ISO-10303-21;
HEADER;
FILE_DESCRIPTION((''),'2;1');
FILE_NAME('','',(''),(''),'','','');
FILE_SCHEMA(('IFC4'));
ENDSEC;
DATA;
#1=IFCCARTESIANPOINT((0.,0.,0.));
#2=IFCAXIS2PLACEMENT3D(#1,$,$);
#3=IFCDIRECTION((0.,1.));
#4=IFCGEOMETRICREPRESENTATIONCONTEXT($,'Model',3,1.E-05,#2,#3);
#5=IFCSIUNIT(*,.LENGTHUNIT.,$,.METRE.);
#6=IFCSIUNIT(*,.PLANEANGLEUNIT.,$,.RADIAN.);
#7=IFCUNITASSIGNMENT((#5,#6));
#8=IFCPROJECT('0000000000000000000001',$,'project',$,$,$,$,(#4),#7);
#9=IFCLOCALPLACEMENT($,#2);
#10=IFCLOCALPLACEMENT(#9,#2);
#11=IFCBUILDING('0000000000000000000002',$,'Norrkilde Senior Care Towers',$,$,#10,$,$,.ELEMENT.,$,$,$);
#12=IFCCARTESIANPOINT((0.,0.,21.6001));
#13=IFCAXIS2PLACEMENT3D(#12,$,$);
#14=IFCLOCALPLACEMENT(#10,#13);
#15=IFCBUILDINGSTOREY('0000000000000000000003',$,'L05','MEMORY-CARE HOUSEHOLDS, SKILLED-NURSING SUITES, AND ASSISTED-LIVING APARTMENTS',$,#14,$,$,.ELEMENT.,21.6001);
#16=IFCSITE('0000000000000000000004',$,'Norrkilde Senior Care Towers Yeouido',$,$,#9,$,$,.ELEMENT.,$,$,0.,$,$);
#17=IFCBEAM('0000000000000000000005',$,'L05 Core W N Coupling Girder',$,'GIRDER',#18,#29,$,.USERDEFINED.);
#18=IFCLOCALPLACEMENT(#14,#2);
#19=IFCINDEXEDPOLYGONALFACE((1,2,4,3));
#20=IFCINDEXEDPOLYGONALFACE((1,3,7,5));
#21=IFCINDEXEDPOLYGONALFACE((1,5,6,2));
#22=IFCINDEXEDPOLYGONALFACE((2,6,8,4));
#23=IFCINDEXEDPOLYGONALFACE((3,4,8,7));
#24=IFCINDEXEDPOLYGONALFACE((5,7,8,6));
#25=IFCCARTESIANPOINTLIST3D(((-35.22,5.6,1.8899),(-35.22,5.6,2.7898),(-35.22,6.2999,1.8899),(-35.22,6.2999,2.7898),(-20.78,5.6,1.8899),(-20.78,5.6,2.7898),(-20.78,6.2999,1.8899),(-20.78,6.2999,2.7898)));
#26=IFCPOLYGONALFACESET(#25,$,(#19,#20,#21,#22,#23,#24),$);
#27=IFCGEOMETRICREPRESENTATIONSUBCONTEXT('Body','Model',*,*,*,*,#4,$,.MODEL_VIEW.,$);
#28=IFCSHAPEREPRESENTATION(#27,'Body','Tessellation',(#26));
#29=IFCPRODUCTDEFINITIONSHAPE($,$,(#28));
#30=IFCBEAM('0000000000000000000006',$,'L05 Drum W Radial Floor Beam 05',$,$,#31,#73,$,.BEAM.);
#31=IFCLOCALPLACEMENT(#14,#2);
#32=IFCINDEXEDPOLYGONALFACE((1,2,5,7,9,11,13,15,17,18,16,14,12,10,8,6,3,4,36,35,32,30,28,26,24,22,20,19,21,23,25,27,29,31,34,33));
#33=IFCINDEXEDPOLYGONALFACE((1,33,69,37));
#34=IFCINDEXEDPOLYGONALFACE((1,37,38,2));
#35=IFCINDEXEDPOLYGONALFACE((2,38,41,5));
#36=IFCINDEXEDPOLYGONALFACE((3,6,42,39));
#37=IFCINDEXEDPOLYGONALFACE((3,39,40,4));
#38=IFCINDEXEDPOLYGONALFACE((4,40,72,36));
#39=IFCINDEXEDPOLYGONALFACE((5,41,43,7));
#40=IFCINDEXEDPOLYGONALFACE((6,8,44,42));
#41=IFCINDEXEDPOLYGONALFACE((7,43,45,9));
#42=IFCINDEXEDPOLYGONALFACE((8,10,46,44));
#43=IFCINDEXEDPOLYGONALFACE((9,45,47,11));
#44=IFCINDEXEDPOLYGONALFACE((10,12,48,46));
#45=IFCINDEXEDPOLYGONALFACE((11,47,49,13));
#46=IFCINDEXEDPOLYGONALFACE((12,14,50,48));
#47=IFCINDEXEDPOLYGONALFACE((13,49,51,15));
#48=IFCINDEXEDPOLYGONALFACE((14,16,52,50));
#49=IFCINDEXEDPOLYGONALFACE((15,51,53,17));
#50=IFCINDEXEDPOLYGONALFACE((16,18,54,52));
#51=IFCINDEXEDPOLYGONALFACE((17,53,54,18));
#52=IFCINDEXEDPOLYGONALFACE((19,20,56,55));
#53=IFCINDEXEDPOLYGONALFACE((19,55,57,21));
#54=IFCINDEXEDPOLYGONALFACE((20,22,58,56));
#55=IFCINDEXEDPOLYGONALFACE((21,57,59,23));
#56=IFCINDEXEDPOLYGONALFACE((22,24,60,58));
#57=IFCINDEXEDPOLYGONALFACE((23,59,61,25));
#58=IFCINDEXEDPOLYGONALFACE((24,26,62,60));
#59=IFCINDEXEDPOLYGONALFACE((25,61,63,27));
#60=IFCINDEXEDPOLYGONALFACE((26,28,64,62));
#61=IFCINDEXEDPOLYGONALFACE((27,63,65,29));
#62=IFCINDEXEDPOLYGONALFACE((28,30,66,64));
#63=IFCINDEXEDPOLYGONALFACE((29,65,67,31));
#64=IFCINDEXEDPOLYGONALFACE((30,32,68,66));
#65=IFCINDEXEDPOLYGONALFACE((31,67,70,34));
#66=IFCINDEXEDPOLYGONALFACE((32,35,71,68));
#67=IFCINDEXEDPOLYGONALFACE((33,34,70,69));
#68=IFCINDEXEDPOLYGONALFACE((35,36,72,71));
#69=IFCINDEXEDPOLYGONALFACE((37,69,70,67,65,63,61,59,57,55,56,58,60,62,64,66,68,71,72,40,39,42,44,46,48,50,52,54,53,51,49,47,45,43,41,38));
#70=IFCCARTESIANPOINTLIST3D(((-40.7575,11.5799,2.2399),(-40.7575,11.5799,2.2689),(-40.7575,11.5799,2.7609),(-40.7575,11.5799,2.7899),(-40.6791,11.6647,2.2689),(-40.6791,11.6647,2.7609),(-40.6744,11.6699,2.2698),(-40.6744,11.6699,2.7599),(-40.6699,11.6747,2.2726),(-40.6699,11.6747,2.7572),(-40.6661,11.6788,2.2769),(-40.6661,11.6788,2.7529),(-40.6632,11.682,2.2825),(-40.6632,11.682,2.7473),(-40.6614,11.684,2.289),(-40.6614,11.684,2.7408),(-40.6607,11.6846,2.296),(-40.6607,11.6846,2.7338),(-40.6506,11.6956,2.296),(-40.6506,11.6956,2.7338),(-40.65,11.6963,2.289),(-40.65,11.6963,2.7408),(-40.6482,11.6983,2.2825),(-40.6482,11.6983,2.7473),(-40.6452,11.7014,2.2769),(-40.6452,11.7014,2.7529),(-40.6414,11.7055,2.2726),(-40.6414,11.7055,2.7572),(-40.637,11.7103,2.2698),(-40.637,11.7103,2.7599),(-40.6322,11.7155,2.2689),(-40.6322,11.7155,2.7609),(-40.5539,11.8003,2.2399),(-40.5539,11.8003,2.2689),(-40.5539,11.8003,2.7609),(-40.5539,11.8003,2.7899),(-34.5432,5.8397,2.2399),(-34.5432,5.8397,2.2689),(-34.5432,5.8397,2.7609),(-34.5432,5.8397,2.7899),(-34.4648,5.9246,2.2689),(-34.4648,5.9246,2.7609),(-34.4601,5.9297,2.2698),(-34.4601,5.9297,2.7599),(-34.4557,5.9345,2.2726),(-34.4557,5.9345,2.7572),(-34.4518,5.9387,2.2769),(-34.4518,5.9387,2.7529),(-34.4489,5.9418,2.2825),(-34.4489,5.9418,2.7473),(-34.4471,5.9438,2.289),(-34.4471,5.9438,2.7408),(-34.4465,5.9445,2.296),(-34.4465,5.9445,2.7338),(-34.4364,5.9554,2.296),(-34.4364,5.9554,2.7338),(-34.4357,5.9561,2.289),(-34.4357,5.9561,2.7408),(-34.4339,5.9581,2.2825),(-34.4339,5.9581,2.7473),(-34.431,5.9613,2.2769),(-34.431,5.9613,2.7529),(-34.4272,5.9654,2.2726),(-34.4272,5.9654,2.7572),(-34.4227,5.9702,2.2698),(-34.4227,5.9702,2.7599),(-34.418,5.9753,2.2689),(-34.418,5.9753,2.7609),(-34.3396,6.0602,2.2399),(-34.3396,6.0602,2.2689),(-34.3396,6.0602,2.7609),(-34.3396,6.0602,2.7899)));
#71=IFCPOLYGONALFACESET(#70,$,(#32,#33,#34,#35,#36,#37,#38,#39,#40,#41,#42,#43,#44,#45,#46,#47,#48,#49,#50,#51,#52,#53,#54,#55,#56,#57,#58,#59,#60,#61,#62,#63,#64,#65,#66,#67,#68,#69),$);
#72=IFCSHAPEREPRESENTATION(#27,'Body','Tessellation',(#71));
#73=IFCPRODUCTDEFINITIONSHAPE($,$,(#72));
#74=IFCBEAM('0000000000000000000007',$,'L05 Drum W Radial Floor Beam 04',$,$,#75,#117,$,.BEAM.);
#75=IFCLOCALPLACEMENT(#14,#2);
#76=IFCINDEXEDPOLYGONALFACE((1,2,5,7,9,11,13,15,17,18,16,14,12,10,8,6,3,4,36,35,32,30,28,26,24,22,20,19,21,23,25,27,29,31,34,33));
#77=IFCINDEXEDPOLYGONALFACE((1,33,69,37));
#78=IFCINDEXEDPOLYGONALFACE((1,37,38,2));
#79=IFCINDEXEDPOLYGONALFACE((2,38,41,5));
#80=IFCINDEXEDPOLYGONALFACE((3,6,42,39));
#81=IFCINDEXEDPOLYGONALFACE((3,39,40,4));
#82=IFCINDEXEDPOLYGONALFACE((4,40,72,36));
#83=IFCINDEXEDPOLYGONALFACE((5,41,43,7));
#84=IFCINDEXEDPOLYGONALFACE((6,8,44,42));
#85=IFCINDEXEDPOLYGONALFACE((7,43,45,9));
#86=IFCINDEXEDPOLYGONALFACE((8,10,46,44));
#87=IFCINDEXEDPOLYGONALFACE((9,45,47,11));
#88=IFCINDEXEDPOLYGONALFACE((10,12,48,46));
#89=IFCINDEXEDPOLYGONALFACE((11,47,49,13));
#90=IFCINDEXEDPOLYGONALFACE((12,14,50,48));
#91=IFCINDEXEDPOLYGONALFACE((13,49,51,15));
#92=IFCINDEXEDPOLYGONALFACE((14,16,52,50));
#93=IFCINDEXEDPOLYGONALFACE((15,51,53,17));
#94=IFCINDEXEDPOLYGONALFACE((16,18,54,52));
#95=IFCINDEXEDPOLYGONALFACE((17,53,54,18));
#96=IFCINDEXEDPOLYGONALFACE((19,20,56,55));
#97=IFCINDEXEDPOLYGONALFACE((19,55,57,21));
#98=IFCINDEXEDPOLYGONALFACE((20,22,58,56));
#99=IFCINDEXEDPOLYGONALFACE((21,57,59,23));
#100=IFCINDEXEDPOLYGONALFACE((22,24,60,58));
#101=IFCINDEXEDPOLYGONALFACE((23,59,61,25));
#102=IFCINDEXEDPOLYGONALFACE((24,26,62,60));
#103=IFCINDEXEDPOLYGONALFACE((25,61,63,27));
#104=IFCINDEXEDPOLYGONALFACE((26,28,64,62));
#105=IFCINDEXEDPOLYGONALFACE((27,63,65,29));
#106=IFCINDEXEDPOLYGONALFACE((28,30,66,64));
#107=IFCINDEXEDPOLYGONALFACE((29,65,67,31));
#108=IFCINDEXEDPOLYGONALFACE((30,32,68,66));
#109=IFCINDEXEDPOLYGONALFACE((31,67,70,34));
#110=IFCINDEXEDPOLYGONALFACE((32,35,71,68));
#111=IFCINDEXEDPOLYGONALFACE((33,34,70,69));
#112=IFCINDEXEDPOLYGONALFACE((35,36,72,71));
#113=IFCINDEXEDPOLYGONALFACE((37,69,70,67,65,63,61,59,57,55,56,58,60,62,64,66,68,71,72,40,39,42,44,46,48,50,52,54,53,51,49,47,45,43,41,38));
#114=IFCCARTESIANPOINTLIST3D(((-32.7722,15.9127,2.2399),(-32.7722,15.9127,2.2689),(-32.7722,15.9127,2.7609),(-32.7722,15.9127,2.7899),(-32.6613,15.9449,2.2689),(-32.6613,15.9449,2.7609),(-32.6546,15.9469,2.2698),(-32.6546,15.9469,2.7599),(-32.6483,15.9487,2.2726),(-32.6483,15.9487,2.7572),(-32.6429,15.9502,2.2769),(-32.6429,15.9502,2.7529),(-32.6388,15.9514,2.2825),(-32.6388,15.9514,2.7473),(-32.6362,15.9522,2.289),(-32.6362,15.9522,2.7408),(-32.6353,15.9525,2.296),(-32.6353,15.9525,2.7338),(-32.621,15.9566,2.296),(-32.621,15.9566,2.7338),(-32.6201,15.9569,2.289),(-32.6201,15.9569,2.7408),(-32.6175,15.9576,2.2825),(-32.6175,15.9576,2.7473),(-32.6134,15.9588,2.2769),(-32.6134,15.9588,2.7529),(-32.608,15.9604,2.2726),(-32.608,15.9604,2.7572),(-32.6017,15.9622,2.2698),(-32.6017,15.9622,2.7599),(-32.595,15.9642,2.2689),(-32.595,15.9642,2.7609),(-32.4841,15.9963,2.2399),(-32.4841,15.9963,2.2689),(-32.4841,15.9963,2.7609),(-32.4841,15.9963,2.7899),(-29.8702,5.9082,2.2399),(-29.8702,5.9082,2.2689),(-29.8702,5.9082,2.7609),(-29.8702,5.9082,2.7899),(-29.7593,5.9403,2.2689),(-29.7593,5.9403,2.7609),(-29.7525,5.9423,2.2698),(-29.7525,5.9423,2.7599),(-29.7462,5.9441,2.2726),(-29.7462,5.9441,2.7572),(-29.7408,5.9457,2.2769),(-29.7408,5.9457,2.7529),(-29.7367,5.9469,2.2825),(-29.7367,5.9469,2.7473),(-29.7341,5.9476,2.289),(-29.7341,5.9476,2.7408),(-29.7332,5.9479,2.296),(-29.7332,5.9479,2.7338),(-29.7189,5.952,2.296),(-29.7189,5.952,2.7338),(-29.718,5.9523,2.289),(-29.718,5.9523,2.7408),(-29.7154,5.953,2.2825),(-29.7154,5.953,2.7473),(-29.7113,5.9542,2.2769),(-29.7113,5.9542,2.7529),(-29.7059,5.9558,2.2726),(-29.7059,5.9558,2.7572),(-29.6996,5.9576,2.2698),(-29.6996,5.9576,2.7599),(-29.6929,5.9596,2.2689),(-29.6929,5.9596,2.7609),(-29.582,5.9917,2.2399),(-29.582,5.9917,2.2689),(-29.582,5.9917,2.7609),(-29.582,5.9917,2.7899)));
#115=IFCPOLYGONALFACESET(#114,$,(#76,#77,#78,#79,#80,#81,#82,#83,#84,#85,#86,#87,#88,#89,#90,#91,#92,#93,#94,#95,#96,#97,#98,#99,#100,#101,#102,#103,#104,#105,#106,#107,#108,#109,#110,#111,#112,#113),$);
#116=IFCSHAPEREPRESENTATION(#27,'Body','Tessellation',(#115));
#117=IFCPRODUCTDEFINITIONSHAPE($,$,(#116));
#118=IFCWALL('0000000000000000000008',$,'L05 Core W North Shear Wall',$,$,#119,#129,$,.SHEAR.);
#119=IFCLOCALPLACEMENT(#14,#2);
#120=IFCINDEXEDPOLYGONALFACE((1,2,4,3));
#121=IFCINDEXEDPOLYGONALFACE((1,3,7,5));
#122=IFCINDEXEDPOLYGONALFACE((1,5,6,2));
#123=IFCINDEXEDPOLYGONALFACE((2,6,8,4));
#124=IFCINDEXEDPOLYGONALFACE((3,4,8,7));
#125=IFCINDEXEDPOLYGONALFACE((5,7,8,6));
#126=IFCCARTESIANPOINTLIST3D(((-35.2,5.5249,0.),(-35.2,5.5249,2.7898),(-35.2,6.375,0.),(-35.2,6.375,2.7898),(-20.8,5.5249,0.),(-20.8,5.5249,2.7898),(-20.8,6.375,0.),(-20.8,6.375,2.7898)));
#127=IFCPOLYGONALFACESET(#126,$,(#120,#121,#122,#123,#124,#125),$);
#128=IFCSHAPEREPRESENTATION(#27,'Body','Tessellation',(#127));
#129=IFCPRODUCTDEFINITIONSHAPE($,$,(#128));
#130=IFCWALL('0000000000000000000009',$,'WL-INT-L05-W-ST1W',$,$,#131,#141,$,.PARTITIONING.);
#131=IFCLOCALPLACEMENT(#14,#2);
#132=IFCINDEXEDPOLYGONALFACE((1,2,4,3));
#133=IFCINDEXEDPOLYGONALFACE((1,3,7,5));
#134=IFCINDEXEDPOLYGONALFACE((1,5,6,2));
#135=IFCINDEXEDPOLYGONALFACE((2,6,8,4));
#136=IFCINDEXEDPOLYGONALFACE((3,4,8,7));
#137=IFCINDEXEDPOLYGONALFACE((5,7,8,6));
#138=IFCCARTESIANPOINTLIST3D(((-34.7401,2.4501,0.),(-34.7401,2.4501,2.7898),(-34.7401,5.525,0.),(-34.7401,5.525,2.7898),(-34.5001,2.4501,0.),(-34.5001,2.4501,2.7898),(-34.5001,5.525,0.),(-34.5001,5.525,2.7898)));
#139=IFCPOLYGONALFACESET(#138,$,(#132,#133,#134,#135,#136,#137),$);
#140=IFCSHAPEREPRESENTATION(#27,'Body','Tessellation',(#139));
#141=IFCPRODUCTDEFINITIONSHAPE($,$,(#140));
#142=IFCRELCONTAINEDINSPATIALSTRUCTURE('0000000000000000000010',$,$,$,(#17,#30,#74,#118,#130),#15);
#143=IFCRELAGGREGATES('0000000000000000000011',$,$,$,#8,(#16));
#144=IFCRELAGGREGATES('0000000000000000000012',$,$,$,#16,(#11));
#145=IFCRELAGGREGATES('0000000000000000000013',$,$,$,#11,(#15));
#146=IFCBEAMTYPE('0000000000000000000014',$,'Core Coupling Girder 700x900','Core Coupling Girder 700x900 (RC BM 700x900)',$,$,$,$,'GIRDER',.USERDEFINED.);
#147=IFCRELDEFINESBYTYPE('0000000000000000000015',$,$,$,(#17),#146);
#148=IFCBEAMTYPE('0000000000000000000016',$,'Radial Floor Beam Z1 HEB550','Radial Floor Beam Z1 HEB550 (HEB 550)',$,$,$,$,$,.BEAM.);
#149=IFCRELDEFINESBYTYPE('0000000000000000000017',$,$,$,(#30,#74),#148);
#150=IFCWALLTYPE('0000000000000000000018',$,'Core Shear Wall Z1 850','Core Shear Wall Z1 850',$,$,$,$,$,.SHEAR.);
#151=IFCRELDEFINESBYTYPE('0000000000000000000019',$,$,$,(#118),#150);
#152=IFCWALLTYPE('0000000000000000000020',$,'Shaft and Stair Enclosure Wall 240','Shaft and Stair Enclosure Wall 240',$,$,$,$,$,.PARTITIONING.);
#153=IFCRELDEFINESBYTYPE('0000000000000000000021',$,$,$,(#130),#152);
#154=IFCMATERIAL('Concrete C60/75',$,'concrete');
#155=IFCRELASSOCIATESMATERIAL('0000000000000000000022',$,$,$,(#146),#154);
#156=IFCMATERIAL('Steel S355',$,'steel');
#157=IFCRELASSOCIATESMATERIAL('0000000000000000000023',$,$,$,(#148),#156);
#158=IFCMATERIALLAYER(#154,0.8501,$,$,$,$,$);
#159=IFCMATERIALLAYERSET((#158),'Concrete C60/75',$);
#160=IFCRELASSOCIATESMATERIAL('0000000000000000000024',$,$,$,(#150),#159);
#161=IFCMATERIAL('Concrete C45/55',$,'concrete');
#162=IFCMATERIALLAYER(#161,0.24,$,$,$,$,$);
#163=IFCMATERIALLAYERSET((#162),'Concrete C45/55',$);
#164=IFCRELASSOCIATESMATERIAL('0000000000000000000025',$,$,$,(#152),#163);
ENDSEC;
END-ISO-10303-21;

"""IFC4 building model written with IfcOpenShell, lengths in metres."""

from ifc_helpers import new_model, si_unit, direction, frame, frame_2d, origin, origin_2d, place, context, subcontext, project, spatial, rectangle, i_section, extrude, source, transform, mapped, material, layer, layer_set, material_profile, profile_set, type_object, type_shapes, element, save


model = new_model("IFC4")

# Units and contexts
model_context = context("Model", 3, precision=1e-05, world=origin(), true_north=direction((0.0, 1.0)))
body_context = subcontext(model_context, "Body", "Model", "MODEL_VIEW")
ifc_project = project(units=[si_unit("LENGTHUNIT", "METRE"), si_unit("PLANEANGLEUNIT", "RADIAN")], contexts=[model_context])

# Site, building, storey
site_placement = place(None, origin())
site = spatial("IfcSite", under=ifc_project, at=site_placement, Name="Norrkilde Senior Care Towers Yeouido", CompositionType="ELEMENT", RefElevation=0.0)
building_placement = place(site_placement, origin())
building = spatial("IfcBuilding", under=site, at=building_placement, Name="Norrkilde Senior Care Towers", CompositionType="ELEMENT")
storey_placement = place(building_placement, frame((0.0, 0.0, 21.6001)))
storey = spatial("IfcBuildingStorey", under=building, at=storey_placement, Name="L05", Description="MEMORY-CARE HOUSEHOLDS, SKILLED-NURSING SUITES, AND ASSISTED-LIVING APARTMENTS", CompositionType="ELEMENT", Elevation=21.6001)

# Beams
ifc_material_1 = material(Name="Concrete C60/75", Category="concrete")
ifc_material_profile_1 = material_profile(ifc_material_1, rectangle(XDim=0.7, YDim=0.8999, at=origin_2d()), Name="RC BM 700x900")
ifc_profile_set_1 = profile_set([ifc_material_profile_1], Name="Concrete C60/75")
beam_type_1 = type_object("IfcBeamType", Name="Core Coupling Girder 700x900", Description="Core Coupling Girder 700x900 (RC BM 700x900)", ElementType="GIRDER", PredefinedType="USERDEFINED", material=ifc_profile_set_1)
shared_shape_1 = source(origin(), body_context, "Body", "SweptSolid", [
    extrude(rectangle(XDim=0.7, YDim=0.8999, at=origin_2d()), origin(), (0.0, 0.0, 1.0), 14.4399),
])
type_shapes(beam_type_1, [shared_shape_1])
beam_1_placement = place(storey_placement, frame((-35.22, 5.95, 2.3398), z_axis=(1.0, 0.0, 0.0), x_axis=(0.0, 1.0, 0.0)))
element("IfcBeam", 1, at=beam_1_placement, inside=storey, type_object=beam_type_1, Name="L05 Core W N Coupling Girder", ObjectType="GIRDER", PredefinedType="USERDEFINED", context=body_context, shape_type="MappedRepresentation", body=[
    mapped(shared_shape_1, transform((0.0, 0.0, 0.0), x_axis=(1.0, 0.0, 0.0), y_axis=(0.0, 1.0, 0.0), z_axis=(0.0, 0.0, 1.0), scale=1.0)),
])
ifc_material_2 = material(Name="Steel S355", Category="steel")
ifc_material_profile_2 = material_profile(ifc_material_2, i_section(OverallWidth=0.3, OverallDepth=0.55, WebThickness=0.0149, FlangeThickness=0.0291, FilletRadius=0.0271, at=origin_2d()), Name="HEB 550")
ifc_profile_set_2 = profile_set([ifc_material_profile_2], Name="Steel S355")
beam_type_2 = type_object("IfcBeamType", Name="Radial Floor Beam Z1 HEB550", Description="Radial Floor Beam Z1 HEB550 (HEB 550)", PredefinedType="BEAM", material=ifc_profile_set_2)
shared_shape_2 = source(origin(), body_context, "Body", "SweptSolid", [
    extrude(i_section(OverallWidth=0.3, OverallDepth=0.55, WebThickness=0.0149, FlangeThickness=0.0291, FilletRadius=0.0271, at=origin_2d()), origin(), (0.0, 0.0, 1.0), 8.4597),
])
beam_2_placement = place(storey_placement, frame((-34.4414, 5.95, 2.5149), z_axis=(-0.734573, 0.678529, 0.0), x_axis=(-0.678529, -0.734573, 0.0)))
element("IfcBeam", 2, at=beam_2_placement, inside=storey, type_object=beam_type_2, Name="L05 Drum W Radial Floor Beam 05", PredefinedType="BEAM", context=body_context, shape_type="MappedRepresentation", body=[
    mapped(shared_shape_2, transform((0.0, 0.0, 0.0), x_axis=(1.0, 0.0, 0.0), y_axis=(0.0, 1.0, 0.0), z_axis=(0.0, 0.0, 1.0), scale=1.0)),
])
shared_shape_3 = source(origin(), body_context, "Body", "SweptSolid", [
    extrude(i_section(OverallWidth=0.3, OverallDepth=0.55, WebThickness=0.0149, FlangeThickness=0.0291, FilletRadius=0.0271, at=origin_2d()), origin(), (0.0, 0.0, 1.0), 10.417),
])
type_shapes(beam_type_2, [shared_shape_2, shared_shape_3])
beam_3_placement = place(storey_placement, frame((-29.7261, 5.95, 2.5149), z_axis=(-0.278591, 0.96041, 0.0), x_axis=(-0.96041, -0.278591, 0.0)))
element("IfcBeam", 3, at=beam_3_placement, inside=storey, type_object=beam_type_2, Name="L05 Drum W Radial Floor Beam 04", PredefinedType="BEAM", context=body_context, shape_type="MappedRepresentation", body=[
    mapped(shared_shape_3, transform((0.0, 0.0, 0.0), x_axis=(1.0, 0.0, 0.0), y_axis=(0.0, 1.0, 0.0), z_axis=(0.0, 0.0, 1.0), scale=1.0)),
])

# Walls
ifc_layer_1 = layer(ifc_material_1, 0.8501)
ifc_layer_set_1 = layer_set([ifc_layer_1], Name="Concrete C60/75")
wall_type_1 = type_object("IfcWallType", Name="Core Shear Wall Z1 850", Description="Core Shear Wall Z1 850", PredefinedType="SHEAR", material=ifc_layer_set_1)
shared_shape_4 = source(origin(), body_context, "Body", "SweptSolid", [
    extrude(rectangle(XDim=14.3999, YDim=0.8501, at=frame_2d((7.2, 0.0))), origin(), (0.0, 0.0, 1.0), 2.7898),
])
type_shapes(wall_type_1, [shared_shape_4])
wall_1_placement = place(storey_placement, frame((-35.2, 5.95, 0.0), z_axis=(0.0, 0.0, 1.0), x_axis=(1.0, 0.0, 0.0)))
element("IfcWall", 4, at=wall_1_placement, inside=storey, type_object=wall_type_1, Name="L05 Core W North Shear Wall", PredefinedType="SHEAR", context=body_context, shape_type="MappedRepresentation", body=[
    mapped(shared_shape_4, transform((0.0, 0.0, 0.0), x_axis=(1.0, 0.0, 0.0), y_axis=(0.0, 1.0, 0.0), z_axis=(0.0, 0.0, 1.0), scale=1.0)),
])
ifc_material_3 = material(Name="Concrete C45/55", Category="concrete")
ifc_layer_2 = layer(ifc_material_3, 0.24)
ifc_layer_set_2 = layer_set([ifc_layer_2], Name="Concrete C45/55")
wall_type_2 = type_object("IfcWallType", Name="Shaft and Stair Enclosure Wall 240", Description="Shaft and Stair Enclosure Wall 240", PredefinedType="PARTITIONING", material=ifc_layer_set_2)
shared_shape_5 = source(origin(), body_context, "Body", "SweptSolid", [
    extrude(rectangle(XDim=3.075, YDim=0.24, at=frame_2d((1.5376, 0.0))), origin(), (0.0, 0.0, 1.0), 2.7898),
])
type_shapes(wall_type_2, [shared_shape_5])
wall_2_placement = place(storey_placement, frame((-34.6201, 2.45, 0.0), z_axis=(0.0, 0.0, 1.0), x_axis=(0.0, 1.0, 0.0)))
element("IfcWall", 5, at=wall_2_placement, inside=storey, type_object=wall_type_2, Name="WL-INT-L05-W-ST1W", PredefinedType="PARTITIONING", context=body_context, shape_type="MappedRepresentation", body=[
    mapped(shared_shape_5, transform((0.0, 0.0, 0.0), x_axis=(1.0, 0.0, 0.0), y_axis=(0.0, 1.0, 0.0), z_axis=(0.0, 0.0, 1.0), scale=1.0)),
])

save(model, "model.ifc")
